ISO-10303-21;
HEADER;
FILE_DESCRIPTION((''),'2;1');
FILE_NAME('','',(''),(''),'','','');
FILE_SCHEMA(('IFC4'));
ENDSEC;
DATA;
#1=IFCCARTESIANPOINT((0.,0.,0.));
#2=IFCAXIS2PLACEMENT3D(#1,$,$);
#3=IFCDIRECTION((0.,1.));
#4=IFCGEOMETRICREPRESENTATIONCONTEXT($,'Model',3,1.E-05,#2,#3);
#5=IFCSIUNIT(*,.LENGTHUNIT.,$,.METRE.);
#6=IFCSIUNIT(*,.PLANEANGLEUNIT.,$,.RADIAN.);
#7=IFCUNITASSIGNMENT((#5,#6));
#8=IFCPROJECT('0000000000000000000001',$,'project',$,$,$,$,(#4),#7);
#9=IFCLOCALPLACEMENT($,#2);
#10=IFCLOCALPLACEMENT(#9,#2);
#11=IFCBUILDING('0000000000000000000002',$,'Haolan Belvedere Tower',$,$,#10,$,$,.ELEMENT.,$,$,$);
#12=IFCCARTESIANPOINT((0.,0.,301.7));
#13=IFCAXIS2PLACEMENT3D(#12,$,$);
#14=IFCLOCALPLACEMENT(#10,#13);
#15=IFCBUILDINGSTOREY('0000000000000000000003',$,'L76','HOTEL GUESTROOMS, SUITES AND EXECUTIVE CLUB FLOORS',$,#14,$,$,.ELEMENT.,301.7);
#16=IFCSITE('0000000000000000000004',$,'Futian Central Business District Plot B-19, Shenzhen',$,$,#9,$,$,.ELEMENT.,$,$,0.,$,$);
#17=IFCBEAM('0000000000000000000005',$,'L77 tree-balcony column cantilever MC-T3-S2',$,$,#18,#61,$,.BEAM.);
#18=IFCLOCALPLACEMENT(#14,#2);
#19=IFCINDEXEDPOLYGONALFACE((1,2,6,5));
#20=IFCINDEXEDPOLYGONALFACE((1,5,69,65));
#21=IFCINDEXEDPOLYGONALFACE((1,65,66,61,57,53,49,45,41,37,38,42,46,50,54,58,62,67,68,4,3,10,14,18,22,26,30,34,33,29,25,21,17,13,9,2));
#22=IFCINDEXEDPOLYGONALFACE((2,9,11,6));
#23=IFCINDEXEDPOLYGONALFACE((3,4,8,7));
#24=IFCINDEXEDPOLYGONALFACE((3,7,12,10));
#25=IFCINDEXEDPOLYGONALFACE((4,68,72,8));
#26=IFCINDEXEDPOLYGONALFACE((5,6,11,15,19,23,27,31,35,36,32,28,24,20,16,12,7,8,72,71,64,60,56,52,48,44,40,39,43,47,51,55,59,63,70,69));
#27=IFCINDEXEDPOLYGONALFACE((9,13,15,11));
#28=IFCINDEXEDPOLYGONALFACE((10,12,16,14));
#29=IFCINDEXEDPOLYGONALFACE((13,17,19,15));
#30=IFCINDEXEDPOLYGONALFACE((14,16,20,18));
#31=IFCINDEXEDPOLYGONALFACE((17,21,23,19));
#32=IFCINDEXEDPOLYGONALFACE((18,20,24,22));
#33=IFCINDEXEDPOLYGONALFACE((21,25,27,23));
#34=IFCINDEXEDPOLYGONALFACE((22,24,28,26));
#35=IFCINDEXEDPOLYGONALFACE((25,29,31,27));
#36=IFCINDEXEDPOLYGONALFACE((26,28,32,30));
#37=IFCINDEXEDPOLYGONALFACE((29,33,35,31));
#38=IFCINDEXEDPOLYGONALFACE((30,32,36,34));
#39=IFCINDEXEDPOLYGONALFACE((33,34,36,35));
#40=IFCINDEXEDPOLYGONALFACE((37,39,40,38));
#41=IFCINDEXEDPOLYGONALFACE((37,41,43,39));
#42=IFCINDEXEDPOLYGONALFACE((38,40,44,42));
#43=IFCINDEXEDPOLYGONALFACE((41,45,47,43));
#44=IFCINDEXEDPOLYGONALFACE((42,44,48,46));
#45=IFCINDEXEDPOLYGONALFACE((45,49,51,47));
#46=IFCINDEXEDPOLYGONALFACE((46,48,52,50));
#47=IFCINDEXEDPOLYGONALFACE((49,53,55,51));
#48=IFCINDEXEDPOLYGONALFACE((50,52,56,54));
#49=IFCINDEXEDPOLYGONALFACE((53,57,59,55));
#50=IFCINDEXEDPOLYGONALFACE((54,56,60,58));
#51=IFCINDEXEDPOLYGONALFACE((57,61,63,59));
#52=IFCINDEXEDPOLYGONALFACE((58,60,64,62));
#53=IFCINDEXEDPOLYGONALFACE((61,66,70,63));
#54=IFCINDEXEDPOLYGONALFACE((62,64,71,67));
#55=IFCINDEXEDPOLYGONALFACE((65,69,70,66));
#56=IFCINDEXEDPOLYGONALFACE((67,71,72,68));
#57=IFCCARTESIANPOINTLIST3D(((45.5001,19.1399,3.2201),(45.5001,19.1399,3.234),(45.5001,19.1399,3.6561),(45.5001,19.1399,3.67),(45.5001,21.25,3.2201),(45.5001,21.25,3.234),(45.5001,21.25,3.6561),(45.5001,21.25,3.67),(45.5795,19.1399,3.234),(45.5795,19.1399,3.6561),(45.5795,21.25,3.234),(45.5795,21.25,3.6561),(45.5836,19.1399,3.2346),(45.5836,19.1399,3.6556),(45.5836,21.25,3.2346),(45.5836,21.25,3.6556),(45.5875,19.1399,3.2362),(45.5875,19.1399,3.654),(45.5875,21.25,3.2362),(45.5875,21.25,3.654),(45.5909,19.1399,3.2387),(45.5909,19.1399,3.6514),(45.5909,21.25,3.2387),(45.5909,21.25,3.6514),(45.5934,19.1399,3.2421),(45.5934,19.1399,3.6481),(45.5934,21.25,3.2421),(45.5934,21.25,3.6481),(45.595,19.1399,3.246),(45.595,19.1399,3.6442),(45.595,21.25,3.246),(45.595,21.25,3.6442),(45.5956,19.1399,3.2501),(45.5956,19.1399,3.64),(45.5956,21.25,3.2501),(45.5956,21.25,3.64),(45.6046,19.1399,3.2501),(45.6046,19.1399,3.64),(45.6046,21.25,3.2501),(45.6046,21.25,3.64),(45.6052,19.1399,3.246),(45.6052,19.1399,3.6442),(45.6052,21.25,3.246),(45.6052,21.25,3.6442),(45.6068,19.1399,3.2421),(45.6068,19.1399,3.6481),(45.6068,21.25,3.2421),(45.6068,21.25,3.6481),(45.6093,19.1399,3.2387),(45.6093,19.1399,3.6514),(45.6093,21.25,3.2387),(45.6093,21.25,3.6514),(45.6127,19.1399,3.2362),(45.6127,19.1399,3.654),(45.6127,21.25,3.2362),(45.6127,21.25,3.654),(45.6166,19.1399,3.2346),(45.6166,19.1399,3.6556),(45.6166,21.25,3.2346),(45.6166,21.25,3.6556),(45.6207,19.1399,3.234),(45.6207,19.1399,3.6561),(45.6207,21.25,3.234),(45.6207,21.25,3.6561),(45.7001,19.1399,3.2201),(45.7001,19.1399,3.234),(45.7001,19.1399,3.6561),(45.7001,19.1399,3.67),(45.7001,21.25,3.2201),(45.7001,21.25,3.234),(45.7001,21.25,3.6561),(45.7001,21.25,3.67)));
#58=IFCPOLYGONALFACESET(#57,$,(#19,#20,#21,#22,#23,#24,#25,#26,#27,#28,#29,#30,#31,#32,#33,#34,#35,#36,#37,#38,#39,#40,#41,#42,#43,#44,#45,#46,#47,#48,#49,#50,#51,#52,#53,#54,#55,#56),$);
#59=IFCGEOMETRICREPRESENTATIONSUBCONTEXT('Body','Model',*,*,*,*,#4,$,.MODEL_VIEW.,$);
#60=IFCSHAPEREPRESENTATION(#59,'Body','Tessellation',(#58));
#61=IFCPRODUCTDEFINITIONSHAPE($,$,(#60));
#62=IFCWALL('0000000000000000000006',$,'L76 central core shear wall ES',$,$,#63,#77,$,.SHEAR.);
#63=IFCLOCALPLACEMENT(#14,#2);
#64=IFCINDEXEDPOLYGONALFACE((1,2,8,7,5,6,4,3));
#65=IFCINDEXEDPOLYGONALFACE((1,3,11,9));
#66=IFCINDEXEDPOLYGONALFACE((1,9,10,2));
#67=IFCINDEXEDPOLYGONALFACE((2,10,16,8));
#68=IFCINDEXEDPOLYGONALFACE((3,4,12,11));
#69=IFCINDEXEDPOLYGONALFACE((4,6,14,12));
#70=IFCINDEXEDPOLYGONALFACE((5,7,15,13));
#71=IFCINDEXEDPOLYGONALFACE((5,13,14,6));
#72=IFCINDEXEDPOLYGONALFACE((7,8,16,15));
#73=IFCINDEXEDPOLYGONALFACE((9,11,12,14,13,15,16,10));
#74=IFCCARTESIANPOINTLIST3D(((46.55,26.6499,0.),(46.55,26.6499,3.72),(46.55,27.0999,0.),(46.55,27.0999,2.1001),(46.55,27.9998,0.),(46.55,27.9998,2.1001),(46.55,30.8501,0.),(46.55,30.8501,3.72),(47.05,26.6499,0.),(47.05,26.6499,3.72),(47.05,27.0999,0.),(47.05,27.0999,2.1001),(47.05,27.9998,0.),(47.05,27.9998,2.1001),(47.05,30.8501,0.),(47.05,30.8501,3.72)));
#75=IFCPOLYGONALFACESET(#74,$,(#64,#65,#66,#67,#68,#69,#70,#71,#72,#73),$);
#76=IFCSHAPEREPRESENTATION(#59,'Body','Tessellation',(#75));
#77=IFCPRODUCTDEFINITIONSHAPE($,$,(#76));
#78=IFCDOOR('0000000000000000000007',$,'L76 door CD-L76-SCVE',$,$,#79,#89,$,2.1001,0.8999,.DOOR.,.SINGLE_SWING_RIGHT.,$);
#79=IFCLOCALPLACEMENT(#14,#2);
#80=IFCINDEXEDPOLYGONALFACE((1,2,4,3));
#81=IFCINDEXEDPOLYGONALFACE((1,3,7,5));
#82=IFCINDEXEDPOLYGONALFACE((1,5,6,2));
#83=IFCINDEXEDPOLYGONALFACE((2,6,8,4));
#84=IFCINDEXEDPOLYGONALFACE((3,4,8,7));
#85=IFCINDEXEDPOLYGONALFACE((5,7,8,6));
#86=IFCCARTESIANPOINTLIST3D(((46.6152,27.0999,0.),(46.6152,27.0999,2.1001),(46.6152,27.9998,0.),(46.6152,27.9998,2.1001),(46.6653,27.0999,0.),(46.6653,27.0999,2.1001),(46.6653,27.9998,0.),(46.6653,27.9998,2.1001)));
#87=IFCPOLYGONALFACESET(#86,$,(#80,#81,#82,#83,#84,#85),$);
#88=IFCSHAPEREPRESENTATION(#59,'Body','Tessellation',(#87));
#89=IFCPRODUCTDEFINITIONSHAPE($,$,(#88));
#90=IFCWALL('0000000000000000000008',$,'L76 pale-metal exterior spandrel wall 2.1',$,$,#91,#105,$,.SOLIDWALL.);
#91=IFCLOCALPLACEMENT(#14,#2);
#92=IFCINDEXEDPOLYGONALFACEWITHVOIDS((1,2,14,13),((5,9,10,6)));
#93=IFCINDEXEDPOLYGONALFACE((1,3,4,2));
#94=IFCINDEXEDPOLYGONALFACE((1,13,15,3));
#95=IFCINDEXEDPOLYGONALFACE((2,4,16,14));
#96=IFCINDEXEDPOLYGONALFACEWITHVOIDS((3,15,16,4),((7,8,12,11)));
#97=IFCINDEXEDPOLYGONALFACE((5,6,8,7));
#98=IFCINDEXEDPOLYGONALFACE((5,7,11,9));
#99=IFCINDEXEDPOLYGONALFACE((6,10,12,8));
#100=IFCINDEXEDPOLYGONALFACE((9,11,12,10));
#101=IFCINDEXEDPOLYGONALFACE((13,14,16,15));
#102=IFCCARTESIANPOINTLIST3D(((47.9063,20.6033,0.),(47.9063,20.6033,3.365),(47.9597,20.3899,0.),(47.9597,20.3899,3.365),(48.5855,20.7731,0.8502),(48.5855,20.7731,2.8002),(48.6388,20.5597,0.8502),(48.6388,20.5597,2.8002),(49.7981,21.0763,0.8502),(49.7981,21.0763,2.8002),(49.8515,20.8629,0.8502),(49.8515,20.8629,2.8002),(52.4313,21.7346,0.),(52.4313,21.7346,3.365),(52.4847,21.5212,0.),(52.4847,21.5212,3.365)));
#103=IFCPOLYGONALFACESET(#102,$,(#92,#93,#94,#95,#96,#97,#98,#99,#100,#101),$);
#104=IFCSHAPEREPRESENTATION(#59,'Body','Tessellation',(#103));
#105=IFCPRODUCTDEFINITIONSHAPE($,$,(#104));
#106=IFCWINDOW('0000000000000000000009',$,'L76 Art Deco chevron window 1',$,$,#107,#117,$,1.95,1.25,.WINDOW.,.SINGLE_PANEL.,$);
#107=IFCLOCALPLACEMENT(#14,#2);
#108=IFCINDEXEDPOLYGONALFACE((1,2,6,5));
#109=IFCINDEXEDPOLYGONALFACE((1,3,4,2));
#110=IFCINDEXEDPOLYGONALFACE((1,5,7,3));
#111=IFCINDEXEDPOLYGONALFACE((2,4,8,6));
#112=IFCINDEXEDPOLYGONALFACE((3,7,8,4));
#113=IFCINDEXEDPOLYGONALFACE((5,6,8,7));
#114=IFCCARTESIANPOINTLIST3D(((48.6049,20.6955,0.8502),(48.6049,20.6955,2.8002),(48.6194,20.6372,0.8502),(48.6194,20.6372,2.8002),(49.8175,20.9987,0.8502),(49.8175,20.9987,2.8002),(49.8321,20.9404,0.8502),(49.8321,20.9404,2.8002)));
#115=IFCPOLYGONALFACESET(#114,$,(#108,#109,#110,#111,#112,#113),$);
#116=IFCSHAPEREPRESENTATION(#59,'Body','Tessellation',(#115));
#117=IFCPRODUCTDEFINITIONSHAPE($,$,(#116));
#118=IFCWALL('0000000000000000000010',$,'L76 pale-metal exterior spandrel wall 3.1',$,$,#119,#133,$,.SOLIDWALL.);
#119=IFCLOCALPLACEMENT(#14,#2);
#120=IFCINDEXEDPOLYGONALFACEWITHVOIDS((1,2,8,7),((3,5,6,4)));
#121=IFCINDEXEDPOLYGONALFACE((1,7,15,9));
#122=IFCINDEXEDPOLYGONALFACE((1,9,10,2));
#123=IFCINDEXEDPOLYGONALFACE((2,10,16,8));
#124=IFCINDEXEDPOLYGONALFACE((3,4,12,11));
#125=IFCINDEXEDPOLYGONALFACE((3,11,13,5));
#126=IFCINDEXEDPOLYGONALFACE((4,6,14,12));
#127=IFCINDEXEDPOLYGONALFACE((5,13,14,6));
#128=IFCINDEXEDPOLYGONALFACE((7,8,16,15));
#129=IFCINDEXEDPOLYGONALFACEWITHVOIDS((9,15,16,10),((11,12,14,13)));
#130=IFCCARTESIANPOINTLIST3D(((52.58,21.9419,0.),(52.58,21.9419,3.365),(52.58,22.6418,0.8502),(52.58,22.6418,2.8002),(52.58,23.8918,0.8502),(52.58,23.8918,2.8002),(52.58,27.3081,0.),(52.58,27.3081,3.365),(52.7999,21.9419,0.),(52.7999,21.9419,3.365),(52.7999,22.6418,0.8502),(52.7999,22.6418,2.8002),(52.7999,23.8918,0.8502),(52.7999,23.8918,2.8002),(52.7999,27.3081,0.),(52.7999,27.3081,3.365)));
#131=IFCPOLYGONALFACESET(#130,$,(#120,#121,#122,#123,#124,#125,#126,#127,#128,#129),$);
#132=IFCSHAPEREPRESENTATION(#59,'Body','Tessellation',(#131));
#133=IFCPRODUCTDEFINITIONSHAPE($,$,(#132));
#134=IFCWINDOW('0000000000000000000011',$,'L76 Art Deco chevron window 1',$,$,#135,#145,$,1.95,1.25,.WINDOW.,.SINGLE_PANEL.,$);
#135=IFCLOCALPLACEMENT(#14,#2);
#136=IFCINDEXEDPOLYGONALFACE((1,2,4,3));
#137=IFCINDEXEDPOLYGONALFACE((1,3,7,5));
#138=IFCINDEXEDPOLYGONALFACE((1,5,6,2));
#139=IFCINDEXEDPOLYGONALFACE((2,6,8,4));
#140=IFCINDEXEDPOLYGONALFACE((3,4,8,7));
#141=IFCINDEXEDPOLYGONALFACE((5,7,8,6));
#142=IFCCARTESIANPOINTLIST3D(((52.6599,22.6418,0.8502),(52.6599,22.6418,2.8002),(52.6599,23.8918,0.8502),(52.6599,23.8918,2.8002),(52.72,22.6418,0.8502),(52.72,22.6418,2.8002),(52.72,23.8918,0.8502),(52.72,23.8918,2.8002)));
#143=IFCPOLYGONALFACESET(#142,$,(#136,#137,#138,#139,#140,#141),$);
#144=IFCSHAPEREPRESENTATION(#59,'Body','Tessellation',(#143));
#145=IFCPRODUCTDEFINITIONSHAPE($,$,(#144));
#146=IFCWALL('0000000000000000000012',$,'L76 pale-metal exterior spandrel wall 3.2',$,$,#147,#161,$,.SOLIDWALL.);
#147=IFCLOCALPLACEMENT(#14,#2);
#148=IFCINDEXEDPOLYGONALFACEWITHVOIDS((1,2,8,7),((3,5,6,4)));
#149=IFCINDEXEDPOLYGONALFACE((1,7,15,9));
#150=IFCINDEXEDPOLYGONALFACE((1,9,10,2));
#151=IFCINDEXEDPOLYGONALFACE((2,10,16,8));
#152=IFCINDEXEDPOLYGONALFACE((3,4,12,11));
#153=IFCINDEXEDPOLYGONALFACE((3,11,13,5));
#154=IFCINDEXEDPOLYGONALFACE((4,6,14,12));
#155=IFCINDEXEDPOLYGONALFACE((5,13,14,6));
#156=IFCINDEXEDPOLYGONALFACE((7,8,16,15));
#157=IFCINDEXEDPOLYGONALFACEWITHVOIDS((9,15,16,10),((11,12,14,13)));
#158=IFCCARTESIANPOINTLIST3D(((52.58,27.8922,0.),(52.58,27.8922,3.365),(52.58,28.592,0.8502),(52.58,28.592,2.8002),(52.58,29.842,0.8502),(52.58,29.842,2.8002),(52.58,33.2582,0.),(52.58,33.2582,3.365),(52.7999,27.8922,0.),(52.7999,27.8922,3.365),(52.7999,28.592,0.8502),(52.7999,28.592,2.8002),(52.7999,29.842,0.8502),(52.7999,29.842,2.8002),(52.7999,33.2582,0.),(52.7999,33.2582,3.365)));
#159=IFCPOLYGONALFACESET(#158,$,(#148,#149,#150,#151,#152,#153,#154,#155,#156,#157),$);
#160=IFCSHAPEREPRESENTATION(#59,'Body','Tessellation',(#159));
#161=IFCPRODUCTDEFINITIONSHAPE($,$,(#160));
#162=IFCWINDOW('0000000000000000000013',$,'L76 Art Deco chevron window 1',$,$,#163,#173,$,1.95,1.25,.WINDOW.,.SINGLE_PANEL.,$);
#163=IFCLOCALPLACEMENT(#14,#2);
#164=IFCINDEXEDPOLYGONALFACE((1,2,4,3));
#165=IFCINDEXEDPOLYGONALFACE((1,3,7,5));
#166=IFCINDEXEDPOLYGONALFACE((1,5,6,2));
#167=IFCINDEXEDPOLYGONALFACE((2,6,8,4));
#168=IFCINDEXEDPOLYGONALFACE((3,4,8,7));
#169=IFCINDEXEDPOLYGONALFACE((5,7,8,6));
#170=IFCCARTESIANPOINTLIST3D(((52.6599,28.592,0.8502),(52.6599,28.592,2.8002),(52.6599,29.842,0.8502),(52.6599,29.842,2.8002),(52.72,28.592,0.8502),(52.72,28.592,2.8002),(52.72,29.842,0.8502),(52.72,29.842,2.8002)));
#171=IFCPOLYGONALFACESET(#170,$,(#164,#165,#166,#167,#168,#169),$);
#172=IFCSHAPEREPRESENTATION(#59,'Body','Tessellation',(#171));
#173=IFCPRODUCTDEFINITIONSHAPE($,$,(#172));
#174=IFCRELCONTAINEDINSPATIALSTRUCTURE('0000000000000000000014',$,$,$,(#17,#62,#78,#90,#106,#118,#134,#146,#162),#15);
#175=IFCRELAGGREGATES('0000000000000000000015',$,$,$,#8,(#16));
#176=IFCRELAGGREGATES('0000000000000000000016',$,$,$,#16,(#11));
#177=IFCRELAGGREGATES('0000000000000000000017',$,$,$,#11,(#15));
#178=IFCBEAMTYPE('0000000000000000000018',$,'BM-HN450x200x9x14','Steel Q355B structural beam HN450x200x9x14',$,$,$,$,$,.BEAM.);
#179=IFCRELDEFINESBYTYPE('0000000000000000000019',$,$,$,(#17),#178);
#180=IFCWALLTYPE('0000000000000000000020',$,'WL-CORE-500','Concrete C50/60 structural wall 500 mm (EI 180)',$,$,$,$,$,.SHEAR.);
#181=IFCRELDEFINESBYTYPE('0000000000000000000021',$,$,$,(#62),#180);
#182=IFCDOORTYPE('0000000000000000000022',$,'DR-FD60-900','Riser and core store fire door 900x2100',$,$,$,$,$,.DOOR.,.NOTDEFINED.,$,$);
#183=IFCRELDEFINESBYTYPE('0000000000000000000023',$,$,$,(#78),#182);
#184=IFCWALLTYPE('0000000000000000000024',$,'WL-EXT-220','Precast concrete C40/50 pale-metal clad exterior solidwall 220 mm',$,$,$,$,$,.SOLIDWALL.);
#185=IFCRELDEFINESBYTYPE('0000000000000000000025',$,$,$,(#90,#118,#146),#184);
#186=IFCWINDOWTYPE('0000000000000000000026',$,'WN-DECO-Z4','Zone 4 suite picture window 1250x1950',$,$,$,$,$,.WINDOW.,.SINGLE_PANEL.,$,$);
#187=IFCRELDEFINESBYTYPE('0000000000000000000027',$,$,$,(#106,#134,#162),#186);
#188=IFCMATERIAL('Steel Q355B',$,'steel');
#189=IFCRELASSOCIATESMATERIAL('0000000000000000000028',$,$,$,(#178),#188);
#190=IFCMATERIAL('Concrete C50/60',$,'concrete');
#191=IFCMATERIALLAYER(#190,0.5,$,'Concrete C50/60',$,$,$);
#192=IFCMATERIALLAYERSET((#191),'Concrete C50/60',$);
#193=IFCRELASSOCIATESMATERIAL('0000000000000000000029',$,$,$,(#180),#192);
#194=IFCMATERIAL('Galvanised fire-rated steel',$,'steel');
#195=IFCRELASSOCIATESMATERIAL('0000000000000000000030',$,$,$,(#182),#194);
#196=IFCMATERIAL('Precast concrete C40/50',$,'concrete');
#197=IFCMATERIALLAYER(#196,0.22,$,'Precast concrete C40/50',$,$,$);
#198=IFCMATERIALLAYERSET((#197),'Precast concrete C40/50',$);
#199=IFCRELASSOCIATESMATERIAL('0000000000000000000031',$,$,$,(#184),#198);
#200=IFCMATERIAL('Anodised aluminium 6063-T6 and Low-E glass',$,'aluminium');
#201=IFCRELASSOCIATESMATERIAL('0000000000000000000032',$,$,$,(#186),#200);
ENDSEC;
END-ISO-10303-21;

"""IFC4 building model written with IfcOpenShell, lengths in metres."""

from ifc_helpers import new_model, si_unit, direction, frame, frame_2d, origin, origin_2d, place, context, subcontext, project, spatial, rectangle, i_section, extrude, material, layer, layer_set, material_profile, profile_set, type_object, element, fill, save


model = new_model("IFC4")

# Units and contexts
model_context = context("Model", 3, precision=1e-05, world=origin(), true_north=direction((0.0, 1.0)))
body_context = subcontext(model_context, "Body", "Model", "MODEL_VIEW")
ifc_project = project(units=[si_unit("LENGTHUNIT", "METRE"), si_unit("PLANEANGLEUNIT", "RADIAN")], contexts=[model_context])

# Site, building, storey
site_placement = place(None, origin())
site = spatial("IfcSite", under=ifc_project, at=site_placement, Name="Futian Central Business District Plot B-19, Shenzhen", CompositionType="ELEMENT", RefElevation=0.0)
building_placement = place(site_placement, origin())
building = spatial("IfcBuilding", under=site, at=building_placement, Name="Haolan Belvedere Tower", CompositionType="ELEMENT")
storey_placement = place(building_placement, frame((0.0, 0.0, 301.7)))
storey = spatial("IfcBuildingStorey", under=building, at=storey_placement, Name="L76", Description="HOTEL GUESTROOMS, SUITES AND EXECUTIVE CLUB FLOORS", CompositionType="ELEMENT", Elevation=301.7)

# Beam
ifc_material_1 = material(Name="Steel Q355B", Category="steel")
ifc_material_profile_1 = material_profile(ifc_material_1, i_section(OverallWidth=0.2, OverallDepth=0.45, WebThickness=0.009, FlangeThickness=0.0139, FilletRadius=0.0161, at=origin_2d()), Name="Steel Q355B")
ifc_profile_set_1 = profile_set([ifc_material_profile_1], Name="Steel Q355B")
beam_type_1 = type_object("IfcBeamType", Name="BM-HN450x200x9x14", Description="Steel Q355B structural beam HN450x200x9x14", PredefinedType="BEAM", material=ifc_profile_set_1)
beam_1_placement = place(storey_placement, frame((45.6001, 21.25, 3.4451), z_axis=(0.0, -1.0, 0.0), x_axis=(1.0, 0.0, 0.0)))
element("IfcBeam", 1, at=beam_1_placement, inside=storey, type_object=beam_type_1, Name="L77 tree-balcony column cantilever MC-T3-S2", PredefinedType="BEAM", context=body_context, shape_type="SweptSolid", body=[
    extrude(i_section(OverallWidth=0.2, OverallDepth=0.45, WebThickness=0.009, FlangeThickness=0.0139, FilletRadius=0.0161, at=origin_2d()), origin(), (0.0, 0.0, 1.0), 2.1101),
])

# Wall, opening, door
ifc_material_2 = material(Name="Concrete C50/60", Category="concrete")
ifc_layer_1 = layer(ifc_material_2, 0.5, Name="Concrete C50/60")
ifc_layer_set_1 = layer_set([ifc_layer_1], Name="Concrete C50/60")
wall_type_1 = type_object("IfcWallType", Name="WL-CORE-500", Description="Concrete C50/60 structural wall 500 mm (EI 180)", PredefinedType="SHEAR", material=ifc_layer_set_1)
wall_1_placement = place(storey_placement, frame((46.8, 26.6499, 0.0), z_axis=(0.0, 0.0, 1.0), x_axis=(0.0, 1.0, 0.0)))
wall_1 = element("IfcWall", 2, at=wall_1_placement, inside=storey, type_object=wall_type_1, Name="L76 central core shear wall ES", PredefinedType="SHEAR", context=body_context, shape_type="SweptSolid", body=[
    extrude(rectangle(XDim=4.2002, YDim=0.5, at=frame_2d((2.1001, 0.0))), origin(), (0.0, 0.0, 1.0), 3.72),
])
opening_1_placement = place(wall_1_placement, frame((1.3499, 0.0, 0.0), z_axis=(0.0, 0.0, 1.0), x_axis=(-1.0, 0.0, 0.0)))
opening_1 = element("IfcOpeningElement", 3, at=opening_1_placement, cuts=wall_1, PredefinedType="OPENING", context=body_context, shape_type="SweptSolid", body=[
    extrude(rectangle(XDim=0.8999, YDim=2.1001, at=frame_2d((0.45, 1.05))), frame((0.0, 0.26, 0.0), z_axis=(0.0, -1.0, 0.0), x_axis=(1.0, 0.0, 0.0)), (0.0, 0.0, 1.0), 0.52),
])
ifc_material_3 = material(Name="Galvanised fire-rated steel", Category="steel")
door_type_1 = type_object("IfcDoorType", Name="DR-FD60-900", Description="Riser and core store fire door 900x2100", OperationType="NOTDEFINED", PredefinedType="DOOR", material=ifc_material_3)
door_1_placement = place(opening_1_placement, origin())
door_1 = element("IfcDoor", 4, at=door_1_placement, inside=storey, type_object=door_type_1, Name="L76 door CD-L76-SCVE", OperationType="SINGLE_SWING_RIGHT", OverallHeight=2.1001, OverallWidth=0.8999, PredefinedType="DOOR", context=body_context, shape_type="SweptSolid", body=[
    extrude(rectangle(XDim=0.8999, YDim=2.1001, at=frame_2d((0.45, 1.05))), frame((0.0, -0.1348, 0.0), z_axis=(0.0, -1.0, 0.0), x_axis=(1.0, 0.0, 0.0)), (0.0, 0.0, 1.0), 0.05),
])
fill(opening_1, door_1)

# Walls, openings, windows
ifc_material_4 = material(Name="Precast concrete C40/50", Category="concrete")
ifc_layer_2 = layer(ifc_material_4, 0.22, Name="Precast concrete C40/50")
ifc_layer_set_2 = layer_set([ifc_layer_2], Name="Precast concrete C40/50")
wall_type_2 = type_object("IfcWallType", Name="WL-EXT-220", Description="Precast concrete C40/50 pale-metal clad exterior solidwall 220 mm", PredefinedType="SOLIDWALL", material=ifc_layer_set_2)
wall_2_placement = place(storey_placement, frame((47.9331, 20.4966, 0.0), z_axis=(0.0, 0.0, 1.0), x_axis=(0.970136, 0.24256, 0.0)))
wall_2 = element("IfcWall", 5, at=wall_2_placement, inside=storey, type_object=wall_type_2, Name="L76 pale-metal exterior spandrel wall 2.1", PredefinedType="SOLIDWALL", context=body_context, shape_type="SweptSolid", body=[
    extrude(rectangle(XDim=4.6643, YDim=0.22, at=frame_2d((2.332, 0.0))), origin(), (0.0, 0.0, 1.0), 3.365),
])
opening_2_placement = place(wall_2_placement, frame((0.7, 0.0, 0.8501)))
opening_2 = element("IfcOpeningElement", 6, at=opening_2_placement, cuts=wall_2, PredefinedType="OPENING", context=body_context, shape_type="SweptSolid", body=[
    extrude(rectangle(XDim=1.25, YDim=1.95, at=frame_2d((0.625, 0.9751))), frame((0.0, 0.1199, 0.0), z_axis=(0.0, -1.0, 0.0), x_axis=(1.0, 0.0, 0.0)), (0.0, 0.0, 1.0), 0.24),
])
ifc_material_5 = material(Name="Anodised aluminium 6063-T6 and Low-E glass", Category="aluminium")
window_type = type_object("IfcWindowType", Name="WN-DECO-Z4", Description="Zone 4 suite picture window 1250x1950", PartitioningType="SINGLE_PANEL", PredefinedType="WINDOW", material=ifc_material_5)
window_1_placement = place(opening_2_placement, origin())
window_1 = element("IfcWindow", 7, at=window_1_placement, inside=storey, type_object=window_type, Name="L76 Art Deco chevron window 1", OverallHeight=1.95, OverallWidth=1.25, PartitioningType="SINGLE_PANEL", PredefinedType="WINDOW", context=body_context, shape_type="SweptSolid", body=[
    extrude(rectangle(XDim=1.25, YDim=1.95, at=frame_2d((0.625, 0.9751))), frame((0.0, 0.03, 0.0), z_axis=(0.0, -1.0, 0.0), x_axis=(1.0, 0.0, 0.0)), (0.0, 0.0, 1.0), 0.0601),
])
fill(opening_2, window_1)
wall_3_placement = place(storey_placement, frame((52.6899, 21.9419, 0.0), z_axis=(0.0, 0.0, 1.0), x_axis=(0.0, 1.0, 0.0)))
wall_3 = element("IfcWall", 8, at=wall_3_placement, inside=storey, type_object=wall_type_2, Name="L76 pale-metal exterior spandrel wall 3.1", PredefinedType="SOLIDWALL", context=body_context, shape_type="SweptSolid", body=[
    extrude(rectangle(XDim=5.3662, YDim=0.22, at=frame_2d((2.6831, 0.0))), origin(), (0.0, 0.0, 1.0), 3.365),
])
opening_3_placement = place(wall_3_placement, frame((0.7, 0.0, 0.8501)))
opening_3 = element("IfcOpeningElement", 9, at=opening_3_placement, cuts=wall_3, PredefinedType="OPENING", context=body_context, shape_type="SweptSolid", body=[
    extrude(rectangle(XDim=1.25, YDim=1.95, at=frame_2d((0.625, 0.9751))), frame((0.0, 0.1199, 0.0), z_axis=(0.0, -1.0, 0.0), x_axis=(1.0, 0.0, 0.0)), (0.0, 0.0, 1.0), 0.24),
])
window_2_placement = place(opening_3_placement, origin())
window_2 = element("IfcWindow", 10, at=window_2_placement, inside=storey, type_object=window_type, Name="L76 Art Deco chevron window 1", OverallHeight=1.95, OverallWidth=1.25, PartitioningType="SINGLE_PANEL", PredefinedType="WINDOW", context=body_context, shape_type="SweptSolid", body=[
    extrude(rectangle(XDim=1.25, YDim=1.95, at=frame_2d((0.625, 0.9751))), frame((0.0, 0.03, 0.0), z_axis=(0.0, -1.0, 0.0), x_axis=(1.0, 0.0, 0.0)), (0.0, 0.0, 1.0), 0.0601),
])
fill(opening_3, window_2)
wall_4_placement = place(storey_placement, frame((52.6899, 27.8921, 0.0), z_axis=(0.0, 0.0, 1.0), x_axis=(0.0, 1.0, 0.0)))
wall_4 = element("IfcWall", 11, at=wall_4_placement, inside=storey, type_object=wall_type_2, Name="L76 pale-metal exterior spandrel wall 3.2", PredefinedType="SOLIDWALL", context=body_context, shape_type="SweptSolid", body=[
    extrude(rectangle(XDim=5.366, YDim=0.22, at=frame_2d((2.6831, 0.0))), origin(), (0.0, 0.0, 1.0), 3.365),
])
opening_4_placement = place(wall_4_placement, frame((0.7, 0.0, 0.8501)))
opening_4 = element("IfcOpeningElement", 12, at=opening_4_placement, cuts=wall_4, PredefinedType="OPENING", context=body_context, shape_type="SweptSolid", body=[
    extrude(rectangle(XDim=1.25, YDim=1.95, at=frame_2d((0.625, 0.9751))), frame((0.0, 0.1199, 0.0), z_axis=(0.0, -1.0, 0.0), x_axis=(1.0, 0.0, 0.0)), (0.0, 0.0, 1.0), 0.24),
])
window_3_placement = place(opening_4_placement, origin())
window_3 = element("IfcWindow", 13, at=window_3_placement, inside=storey, type_object=window_type, Name="L76 Art Deco chevron window 1", OverallHeight=1.95, OverallWidth=1.25, PartitioningType="SINGLE_PANEL", PredefinedType="WINDOW", context=body_context, shape_type="SweptSolid", body=[
    extrude(rectangle(XDim=1.25, YDim=1.95, at=frame_2d((0.625, 0.9751))), frame((0.0, 0.03, 0.0), z_axis=(0.0, -1.0, 0.0), x_axis=(1.0, 0.0, 0.0)), (0.0, 0.0, 1.0), 0.0601),
])
fill(opening_4, window_3)

save(model, "model.ifc")
